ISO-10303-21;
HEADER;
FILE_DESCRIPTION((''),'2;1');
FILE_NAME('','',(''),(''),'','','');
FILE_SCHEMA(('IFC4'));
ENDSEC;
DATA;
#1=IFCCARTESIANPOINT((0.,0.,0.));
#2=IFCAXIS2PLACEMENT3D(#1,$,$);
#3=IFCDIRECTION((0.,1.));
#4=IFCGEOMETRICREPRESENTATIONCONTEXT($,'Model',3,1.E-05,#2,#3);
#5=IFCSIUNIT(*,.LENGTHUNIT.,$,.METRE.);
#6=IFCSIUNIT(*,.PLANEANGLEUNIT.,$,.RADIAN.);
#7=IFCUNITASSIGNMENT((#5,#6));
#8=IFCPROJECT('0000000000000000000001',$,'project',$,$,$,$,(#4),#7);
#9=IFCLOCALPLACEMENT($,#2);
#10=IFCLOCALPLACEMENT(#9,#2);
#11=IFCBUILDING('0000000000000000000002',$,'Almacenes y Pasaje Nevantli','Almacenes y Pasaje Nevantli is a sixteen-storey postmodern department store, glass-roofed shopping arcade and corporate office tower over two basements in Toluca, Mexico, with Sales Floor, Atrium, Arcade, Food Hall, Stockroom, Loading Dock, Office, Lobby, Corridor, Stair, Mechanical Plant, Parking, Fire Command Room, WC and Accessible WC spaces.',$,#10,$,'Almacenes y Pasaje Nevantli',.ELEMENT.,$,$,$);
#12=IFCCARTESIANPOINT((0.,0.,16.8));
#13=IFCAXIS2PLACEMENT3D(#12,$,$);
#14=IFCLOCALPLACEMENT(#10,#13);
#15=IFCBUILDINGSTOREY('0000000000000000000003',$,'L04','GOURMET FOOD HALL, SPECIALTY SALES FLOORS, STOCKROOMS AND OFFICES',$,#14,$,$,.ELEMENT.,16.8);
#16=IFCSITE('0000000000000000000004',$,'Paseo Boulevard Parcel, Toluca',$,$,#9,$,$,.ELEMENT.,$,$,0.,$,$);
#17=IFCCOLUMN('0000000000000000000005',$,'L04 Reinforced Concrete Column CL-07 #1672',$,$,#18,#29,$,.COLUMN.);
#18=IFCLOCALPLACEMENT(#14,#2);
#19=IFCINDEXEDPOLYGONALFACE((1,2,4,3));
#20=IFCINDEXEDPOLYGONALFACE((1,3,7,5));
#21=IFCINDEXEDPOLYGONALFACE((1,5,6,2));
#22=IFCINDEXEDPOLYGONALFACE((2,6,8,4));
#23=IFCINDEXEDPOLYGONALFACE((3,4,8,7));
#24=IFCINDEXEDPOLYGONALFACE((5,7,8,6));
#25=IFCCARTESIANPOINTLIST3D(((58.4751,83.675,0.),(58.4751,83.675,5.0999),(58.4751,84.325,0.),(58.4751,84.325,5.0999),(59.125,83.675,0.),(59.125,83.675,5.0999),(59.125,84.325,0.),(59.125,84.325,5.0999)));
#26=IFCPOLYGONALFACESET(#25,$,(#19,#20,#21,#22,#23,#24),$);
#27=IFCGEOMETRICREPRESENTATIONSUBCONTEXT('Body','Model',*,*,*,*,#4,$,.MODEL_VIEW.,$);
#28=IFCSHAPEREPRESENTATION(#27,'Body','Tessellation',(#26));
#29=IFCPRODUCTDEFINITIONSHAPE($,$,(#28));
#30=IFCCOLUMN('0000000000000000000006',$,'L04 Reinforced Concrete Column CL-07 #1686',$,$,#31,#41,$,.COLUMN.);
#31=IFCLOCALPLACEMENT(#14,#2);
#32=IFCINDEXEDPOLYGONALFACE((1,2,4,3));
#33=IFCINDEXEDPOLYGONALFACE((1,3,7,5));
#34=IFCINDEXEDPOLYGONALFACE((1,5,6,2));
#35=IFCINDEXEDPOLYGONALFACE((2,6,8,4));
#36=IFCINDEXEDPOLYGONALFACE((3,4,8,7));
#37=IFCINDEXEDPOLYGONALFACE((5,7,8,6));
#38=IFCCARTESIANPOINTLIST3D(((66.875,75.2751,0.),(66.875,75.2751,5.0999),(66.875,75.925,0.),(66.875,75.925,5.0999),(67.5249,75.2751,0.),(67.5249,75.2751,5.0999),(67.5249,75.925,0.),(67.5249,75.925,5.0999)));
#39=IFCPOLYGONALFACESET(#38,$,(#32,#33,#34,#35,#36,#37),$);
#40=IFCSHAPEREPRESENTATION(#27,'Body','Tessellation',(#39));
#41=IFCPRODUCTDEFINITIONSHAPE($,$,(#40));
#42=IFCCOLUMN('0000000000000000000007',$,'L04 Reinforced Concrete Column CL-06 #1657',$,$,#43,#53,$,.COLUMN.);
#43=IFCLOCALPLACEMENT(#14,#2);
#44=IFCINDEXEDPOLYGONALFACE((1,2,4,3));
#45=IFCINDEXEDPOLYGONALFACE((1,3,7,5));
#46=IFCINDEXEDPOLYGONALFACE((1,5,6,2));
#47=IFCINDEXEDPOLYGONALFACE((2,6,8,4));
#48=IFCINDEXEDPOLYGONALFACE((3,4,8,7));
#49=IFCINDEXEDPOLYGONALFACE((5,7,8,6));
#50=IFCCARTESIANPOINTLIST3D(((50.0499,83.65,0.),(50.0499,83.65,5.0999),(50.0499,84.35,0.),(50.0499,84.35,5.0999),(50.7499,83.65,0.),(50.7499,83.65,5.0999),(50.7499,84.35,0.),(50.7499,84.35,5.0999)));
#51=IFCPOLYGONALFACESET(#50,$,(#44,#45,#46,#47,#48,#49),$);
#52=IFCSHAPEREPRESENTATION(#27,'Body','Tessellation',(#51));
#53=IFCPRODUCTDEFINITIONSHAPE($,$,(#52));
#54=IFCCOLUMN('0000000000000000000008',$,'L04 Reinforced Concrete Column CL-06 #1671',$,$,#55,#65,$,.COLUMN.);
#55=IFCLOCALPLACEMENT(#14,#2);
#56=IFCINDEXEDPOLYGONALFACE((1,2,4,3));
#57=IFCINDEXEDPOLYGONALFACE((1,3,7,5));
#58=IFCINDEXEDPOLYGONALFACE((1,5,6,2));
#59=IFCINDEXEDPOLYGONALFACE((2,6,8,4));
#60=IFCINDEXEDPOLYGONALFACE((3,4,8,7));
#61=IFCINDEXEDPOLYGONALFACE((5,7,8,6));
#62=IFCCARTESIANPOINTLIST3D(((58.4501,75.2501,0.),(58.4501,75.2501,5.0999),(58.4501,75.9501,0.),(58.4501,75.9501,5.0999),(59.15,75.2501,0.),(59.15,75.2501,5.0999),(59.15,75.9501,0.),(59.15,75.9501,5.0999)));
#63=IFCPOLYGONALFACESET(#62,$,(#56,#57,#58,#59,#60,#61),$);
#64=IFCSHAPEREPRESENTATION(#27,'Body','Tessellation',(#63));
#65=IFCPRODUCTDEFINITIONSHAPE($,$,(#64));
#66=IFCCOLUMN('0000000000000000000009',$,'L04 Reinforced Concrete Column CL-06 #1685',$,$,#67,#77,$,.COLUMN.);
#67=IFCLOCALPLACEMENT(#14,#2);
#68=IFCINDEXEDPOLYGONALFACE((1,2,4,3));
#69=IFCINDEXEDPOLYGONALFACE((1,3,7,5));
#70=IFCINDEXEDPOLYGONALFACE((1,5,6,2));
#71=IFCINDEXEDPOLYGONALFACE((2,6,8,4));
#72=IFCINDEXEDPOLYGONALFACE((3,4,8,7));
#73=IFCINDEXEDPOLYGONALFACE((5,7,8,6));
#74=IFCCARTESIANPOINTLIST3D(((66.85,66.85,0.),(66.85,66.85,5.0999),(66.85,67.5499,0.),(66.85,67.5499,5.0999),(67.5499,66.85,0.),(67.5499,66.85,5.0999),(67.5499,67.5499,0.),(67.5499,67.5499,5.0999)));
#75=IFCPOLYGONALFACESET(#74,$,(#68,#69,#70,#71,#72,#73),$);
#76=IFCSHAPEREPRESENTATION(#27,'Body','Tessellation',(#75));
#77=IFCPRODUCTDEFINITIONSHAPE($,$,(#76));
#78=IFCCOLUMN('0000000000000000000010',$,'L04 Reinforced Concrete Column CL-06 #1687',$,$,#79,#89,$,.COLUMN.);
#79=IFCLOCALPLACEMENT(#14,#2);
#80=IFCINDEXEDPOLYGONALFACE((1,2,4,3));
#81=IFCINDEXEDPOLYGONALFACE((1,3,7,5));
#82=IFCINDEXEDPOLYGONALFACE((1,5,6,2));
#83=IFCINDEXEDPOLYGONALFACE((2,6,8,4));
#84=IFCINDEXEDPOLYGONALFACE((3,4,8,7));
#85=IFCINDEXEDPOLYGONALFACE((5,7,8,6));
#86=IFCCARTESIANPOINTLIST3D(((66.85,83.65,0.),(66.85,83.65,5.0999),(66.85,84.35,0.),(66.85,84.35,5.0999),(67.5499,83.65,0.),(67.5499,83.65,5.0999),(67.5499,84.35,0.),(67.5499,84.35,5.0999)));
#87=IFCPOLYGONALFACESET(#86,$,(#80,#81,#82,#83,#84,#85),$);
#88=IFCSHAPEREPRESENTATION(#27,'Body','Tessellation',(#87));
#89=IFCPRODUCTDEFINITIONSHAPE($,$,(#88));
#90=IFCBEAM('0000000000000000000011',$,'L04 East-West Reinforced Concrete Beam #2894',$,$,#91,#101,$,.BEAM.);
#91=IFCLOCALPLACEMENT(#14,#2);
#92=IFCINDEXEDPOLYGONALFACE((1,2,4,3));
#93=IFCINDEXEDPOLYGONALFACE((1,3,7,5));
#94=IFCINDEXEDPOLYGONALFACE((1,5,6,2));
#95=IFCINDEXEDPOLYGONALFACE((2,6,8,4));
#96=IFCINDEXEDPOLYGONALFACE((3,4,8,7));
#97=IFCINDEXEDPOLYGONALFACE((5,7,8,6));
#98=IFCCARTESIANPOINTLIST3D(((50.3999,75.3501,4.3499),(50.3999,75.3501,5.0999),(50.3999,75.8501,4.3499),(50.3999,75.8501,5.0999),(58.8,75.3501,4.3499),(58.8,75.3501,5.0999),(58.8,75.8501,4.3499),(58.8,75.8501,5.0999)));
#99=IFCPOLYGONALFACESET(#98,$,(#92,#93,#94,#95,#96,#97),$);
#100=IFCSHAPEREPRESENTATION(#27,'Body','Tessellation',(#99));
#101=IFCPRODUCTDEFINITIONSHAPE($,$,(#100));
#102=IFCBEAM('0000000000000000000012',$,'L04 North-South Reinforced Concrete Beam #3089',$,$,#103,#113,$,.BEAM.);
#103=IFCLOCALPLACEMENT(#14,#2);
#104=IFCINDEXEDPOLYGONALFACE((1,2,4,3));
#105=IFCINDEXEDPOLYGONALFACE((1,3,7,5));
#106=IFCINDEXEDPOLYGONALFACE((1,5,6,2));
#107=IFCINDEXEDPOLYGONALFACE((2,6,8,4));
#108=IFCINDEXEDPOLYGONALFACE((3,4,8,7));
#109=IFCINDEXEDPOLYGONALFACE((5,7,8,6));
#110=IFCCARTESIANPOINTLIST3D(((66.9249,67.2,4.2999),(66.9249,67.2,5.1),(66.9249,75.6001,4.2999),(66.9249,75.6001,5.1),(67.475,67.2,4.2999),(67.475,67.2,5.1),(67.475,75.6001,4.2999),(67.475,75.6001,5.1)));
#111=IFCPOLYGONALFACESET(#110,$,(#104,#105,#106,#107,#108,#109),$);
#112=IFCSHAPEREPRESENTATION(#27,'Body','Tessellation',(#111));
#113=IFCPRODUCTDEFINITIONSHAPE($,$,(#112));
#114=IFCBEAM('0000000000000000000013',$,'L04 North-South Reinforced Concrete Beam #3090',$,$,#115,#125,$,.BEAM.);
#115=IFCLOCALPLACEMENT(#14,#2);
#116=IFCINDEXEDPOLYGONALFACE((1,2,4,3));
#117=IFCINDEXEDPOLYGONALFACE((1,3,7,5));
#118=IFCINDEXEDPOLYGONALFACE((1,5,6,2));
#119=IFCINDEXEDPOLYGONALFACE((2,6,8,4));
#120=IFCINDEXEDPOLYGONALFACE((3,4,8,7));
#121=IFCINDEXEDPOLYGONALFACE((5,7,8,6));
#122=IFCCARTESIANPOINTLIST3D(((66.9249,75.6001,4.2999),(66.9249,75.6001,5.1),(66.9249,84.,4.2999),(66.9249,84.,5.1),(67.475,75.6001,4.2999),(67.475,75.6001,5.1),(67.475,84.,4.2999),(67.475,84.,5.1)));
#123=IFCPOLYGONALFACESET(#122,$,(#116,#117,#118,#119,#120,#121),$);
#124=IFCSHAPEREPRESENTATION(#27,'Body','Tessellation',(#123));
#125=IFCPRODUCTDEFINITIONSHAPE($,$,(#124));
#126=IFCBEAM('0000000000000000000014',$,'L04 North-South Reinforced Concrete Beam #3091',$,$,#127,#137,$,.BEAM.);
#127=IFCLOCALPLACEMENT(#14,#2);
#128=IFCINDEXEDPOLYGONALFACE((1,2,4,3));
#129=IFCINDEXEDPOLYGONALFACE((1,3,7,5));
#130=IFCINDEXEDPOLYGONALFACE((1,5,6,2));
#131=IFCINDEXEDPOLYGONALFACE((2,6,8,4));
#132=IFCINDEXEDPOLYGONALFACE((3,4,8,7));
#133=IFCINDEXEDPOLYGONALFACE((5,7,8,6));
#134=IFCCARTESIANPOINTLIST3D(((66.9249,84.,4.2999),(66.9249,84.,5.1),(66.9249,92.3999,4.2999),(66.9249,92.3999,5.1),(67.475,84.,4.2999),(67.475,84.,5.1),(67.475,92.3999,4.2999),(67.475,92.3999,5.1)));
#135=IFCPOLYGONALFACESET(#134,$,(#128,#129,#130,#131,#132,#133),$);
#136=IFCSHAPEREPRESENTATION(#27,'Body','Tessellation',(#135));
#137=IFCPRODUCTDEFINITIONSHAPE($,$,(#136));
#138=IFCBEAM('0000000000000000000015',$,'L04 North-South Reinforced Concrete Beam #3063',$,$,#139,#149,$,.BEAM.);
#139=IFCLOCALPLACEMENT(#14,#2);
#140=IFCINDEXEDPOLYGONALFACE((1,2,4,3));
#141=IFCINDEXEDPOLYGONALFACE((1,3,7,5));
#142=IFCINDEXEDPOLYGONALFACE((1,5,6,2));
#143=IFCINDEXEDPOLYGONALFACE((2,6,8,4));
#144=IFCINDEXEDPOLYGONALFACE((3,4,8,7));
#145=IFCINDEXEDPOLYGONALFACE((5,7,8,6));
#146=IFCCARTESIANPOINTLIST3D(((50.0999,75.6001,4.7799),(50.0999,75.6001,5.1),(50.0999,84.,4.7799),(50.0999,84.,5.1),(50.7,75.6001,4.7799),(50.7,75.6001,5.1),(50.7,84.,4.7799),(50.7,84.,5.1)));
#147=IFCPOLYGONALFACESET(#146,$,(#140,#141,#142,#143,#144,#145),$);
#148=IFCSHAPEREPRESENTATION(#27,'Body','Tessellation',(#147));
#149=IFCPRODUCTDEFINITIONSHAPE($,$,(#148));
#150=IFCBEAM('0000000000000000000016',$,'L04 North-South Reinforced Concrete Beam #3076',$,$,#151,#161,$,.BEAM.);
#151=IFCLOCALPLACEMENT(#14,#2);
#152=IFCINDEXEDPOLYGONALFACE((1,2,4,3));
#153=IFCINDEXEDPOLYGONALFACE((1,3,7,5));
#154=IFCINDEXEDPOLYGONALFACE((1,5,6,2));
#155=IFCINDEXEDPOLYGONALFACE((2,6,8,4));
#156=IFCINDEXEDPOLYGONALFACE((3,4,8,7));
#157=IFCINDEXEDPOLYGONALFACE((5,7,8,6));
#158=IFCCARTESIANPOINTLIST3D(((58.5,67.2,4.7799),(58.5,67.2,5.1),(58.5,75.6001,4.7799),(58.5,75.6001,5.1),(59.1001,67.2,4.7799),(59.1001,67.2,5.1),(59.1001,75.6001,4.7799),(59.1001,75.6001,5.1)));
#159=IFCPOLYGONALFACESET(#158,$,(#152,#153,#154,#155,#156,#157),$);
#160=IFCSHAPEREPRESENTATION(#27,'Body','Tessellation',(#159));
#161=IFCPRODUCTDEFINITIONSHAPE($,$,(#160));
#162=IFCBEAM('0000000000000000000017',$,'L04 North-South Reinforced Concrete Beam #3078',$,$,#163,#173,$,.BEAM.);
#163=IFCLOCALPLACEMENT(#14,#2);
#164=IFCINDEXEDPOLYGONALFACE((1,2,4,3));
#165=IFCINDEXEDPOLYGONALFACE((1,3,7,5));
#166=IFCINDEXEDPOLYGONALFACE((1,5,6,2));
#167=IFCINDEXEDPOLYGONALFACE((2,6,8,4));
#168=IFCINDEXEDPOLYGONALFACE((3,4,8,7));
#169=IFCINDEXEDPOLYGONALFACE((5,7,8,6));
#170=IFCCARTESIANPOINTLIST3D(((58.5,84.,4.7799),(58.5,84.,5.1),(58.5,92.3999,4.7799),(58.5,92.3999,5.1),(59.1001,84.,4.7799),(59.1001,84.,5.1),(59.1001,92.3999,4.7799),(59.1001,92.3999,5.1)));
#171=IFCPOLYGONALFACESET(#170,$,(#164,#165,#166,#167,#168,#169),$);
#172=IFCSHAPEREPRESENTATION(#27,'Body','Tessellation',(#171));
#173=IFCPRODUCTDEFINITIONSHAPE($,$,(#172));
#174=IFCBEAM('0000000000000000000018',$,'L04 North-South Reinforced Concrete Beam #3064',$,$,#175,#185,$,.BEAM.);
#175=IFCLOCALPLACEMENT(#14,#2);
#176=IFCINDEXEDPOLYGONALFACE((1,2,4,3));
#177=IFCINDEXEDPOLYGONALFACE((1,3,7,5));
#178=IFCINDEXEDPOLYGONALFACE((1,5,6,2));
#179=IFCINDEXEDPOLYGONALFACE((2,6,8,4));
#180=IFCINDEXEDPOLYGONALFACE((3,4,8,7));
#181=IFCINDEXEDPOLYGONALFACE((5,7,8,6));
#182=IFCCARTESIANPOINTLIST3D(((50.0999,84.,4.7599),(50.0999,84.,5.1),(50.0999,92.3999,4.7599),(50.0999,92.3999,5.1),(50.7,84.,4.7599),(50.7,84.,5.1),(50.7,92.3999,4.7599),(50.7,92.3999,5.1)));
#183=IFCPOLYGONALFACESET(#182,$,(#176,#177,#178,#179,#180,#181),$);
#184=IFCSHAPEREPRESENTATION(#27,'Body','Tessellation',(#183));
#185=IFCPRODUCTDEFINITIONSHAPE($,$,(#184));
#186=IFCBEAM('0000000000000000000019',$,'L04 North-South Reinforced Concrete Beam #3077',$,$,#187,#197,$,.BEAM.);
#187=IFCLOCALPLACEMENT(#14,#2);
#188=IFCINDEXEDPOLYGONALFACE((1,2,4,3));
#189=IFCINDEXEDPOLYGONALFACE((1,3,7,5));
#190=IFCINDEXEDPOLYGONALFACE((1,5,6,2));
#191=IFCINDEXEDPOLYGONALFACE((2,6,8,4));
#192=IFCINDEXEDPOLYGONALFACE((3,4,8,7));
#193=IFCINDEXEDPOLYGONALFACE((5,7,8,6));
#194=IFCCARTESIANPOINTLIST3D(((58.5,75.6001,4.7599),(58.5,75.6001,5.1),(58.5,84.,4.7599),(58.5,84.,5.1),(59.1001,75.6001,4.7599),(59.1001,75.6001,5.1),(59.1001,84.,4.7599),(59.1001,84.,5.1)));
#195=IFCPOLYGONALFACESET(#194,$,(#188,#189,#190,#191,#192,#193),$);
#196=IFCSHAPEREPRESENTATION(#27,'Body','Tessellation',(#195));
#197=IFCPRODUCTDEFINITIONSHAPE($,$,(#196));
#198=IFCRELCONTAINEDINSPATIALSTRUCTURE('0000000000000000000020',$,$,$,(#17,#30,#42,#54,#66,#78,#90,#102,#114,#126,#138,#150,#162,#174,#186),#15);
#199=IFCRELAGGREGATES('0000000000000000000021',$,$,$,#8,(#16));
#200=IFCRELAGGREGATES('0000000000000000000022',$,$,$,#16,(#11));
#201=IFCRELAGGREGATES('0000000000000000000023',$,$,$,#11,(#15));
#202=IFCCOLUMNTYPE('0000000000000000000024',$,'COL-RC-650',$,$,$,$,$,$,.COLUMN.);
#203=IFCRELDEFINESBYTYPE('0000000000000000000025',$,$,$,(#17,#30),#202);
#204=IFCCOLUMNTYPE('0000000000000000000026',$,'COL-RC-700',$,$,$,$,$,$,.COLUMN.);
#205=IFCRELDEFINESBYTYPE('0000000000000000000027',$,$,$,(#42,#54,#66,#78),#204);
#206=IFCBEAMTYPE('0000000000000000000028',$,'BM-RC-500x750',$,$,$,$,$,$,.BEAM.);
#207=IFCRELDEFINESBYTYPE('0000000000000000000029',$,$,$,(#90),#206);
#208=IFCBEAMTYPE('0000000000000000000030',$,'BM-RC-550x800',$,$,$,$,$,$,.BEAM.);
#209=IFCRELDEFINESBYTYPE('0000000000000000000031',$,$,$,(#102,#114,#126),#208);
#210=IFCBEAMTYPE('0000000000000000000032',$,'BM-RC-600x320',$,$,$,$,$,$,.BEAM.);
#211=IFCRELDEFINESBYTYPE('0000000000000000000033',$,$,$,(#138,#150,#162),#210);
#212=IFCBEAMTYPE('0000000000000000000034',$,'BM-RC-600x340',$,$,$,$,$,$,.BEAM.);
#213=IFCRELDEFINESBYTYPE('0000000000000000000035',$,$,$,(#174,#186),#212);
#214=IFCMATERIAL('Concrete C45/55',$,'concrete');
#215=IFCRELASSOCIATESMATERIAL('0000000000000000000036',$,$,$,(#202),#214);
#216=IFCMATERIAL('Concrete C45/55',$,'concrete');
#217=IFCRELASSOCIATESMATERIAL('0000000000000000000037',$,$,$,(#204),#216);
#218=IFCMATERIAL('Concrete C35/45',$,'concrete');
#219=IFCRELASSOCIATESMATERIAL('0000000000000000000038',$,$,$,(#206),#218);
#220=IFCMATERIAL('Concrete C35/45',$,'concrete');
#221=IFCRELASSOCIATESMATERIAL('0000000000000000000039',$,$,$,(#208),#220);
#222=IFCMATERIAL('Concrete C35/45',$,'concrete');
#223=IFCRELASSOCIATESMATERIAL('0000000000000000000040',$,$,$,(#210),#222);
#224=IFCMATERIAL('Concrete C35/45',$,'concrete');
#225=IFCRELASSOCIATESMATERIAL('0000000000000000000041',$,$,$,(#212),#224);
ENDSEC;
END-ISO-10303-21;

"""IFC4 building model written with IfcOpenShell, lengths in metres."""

from ifc_helpers import new_model, si_unit, direction, frame, origin, origin_2d, place, context, subcontext, project, spatial, rectangle, extrude, material, material_profile, profile_set, type_object, element, save


model = new_model("IFC4")

# Units and contexts
model_context = context("Model", 3, precision=1e-05, world=origin(), true_north=direction((0.0, 1.0)))
body_context = subcontext(model_context, "Body", "Model", "MODEL_VIEW")
ifc_project = project(units=[si_unit("LENGTHUNIT", "METRE"), si_unit("PLANEANGLEUNIT", "RADIAN")], contexts=[model_context])

# Site, building, storey
site_placement = place(None, origin())
site = spatial("IfcSite", under=ifc_project, at=site_placement, Name="Paseo Boulevard Parcel, Toluca", CompositionType="ELEMENT", RefElevation=0.0)
building_placement = place(site_placement, origin())
building = spatial("IfcBuilding", under=site, at=building_placement, Name="Almacenes y Pasaje Nevantli", Description="Almacenes y Pasaje Nevantli is a sixteen-storey postmodern department store, glass-roofed shopping arcade and corporate office tower over two basements in Toluca, Mexico, with Sales Floor, Atrium, Arcade, Food Hall, Stockroom, Loading Dock, Office, Lobby, Corridor, Stair, Mechanical Plant, Parking, Fire Command Room, WC and Accessible WC spaces.", LongName="Almacenes y Pasaje Nevantli", CompositionType="ELEMENT")
storey_placement = place(building_placement, frame((0.0, 0.0, 16.8)))
storey = spatial("IfcBuildingStorey", under=building, at=storey_placement, Name="L04", Description="GOURMET FOOD HALL, SPECIALTY SALES FLOORS, STOCKROOMS AND OFFICES", CompositionType="ELEMENT", Elevation=16.8)

# Columns
ifc_material_1 = material(Name="Concrete C45/55", Category="concrete")
ifc_material_profile_1 = material_profile(ifc_material_1, rectangle(XDim=0.6499, YDim=0.6499, at=origin_2d()), Name="RC-COL-650x650")
ifc_profile_set_1 = profile_set([ifc_material_profile_1], Name="Concrete C45/55")
column_type_1 = type_object("IfcColumnType", Name="COL-RC-650", PredefinedType="COLUMN", material=ifc_profile_set_1)
for number, where, z_axis, x_axis, name in (
    (1, (58.8, 84.0, 0.0), (0.0, 0.0, 1.0), (1.0, 0.0, 0.0), "L04 Reinforced Concrete Column CL-07 #1672"),
    (2, (67.2, 75.6001, 0.0), (0.0, 0.0, 1.0), (1.0, 0.0, 0.0), "L04 Reinforced Concrete Column CL-07 #1686"),
):
    element("IfcColumn", number, at=place(storey_placement, frame(where, z_axis=z_axis, x_axis=x_axis)), inside=storey, type_object=column_type_1, Name=name, PredefinedType="COLUMN", context=body_context, shape_type="SweptSolid", body=[
        extrude(rectangle(XDim=0.6499, YDim=0.6499, at=origin_2d()), origin(), (0.0, 0.0, 1.0), 5.0999),
    ])
ifc_material_2 = material(Name="Concrete C45/55", Category="concrete")
ifc_material_profile_2 = material_profile(ifc_material_2, rectangle(XDim=0.7, YDim=0.7, at=origin_2d()), Name="RC-COL-700x700")
ifc_profile_set_2 = profile_set([ifc_material_profile_2], Name="Concrete C45/55")
column_type_2 = type_object("IfcColumnType", Name="COL-RC-700", PredefinedType="COLUMN", material=ifc_profile_set_2)
for number, where, z_axis, x_axis, name in (
    (3, (50.3999, 84.0, 0.0), (0.0, 0.0, 1.0), (1.0, 0.0, 0.0), "L04 Reinforced Concrete Column CL-06 #1657"),
    (4, (58.8, 75.6001, 0.0), (0.0, 0.0, 1.0), (1.0, 0.0, 0.0), "L04 Reinforced Concrete Column CL-06 #1671"),
    (5, (67.2, 67.2, 0.0), (0.0, 0.0, 1.0), (1.0, 0.0, 0.0), "L04 Reinforced Concrete Column CL-06 #1685"),
    (6, (67.2, 84.0, 0.0), (0.0, 0.0, 1.0), (1.0, 0.0, 0.0), "L04 Reinforced Concrete Column CL-06 #1687"),
):
    element("IfcColumn", number, at=place(storey_placement, frame(where, z_axis=z_axis, x_axis=x_axis)), inside=storey, type_object=column_type_2, Name=name, PredefinedType="COLUMN", context=body_context, shape_type="SweptSolid", body=[
        extrude(rectangle(XDim=0.7, YDim=0.7, at=origin_2d()), origin(), (0.0, 0.0, 1.0), 5.0999),
    ])

# Beams
ifc_material_3 = material(Name="Concrete C35/45", Category="concrete")
ifc_material_profile_3 = material_profile(ifc_material_3, rectangle(XDim=0.5, YDim=0.75, at=origin_2d()), Name="RC-BM-500x750")
ifc_profile_set_3 = profile_set([ifc_material_profile_3], Name="Concrete C35/45")
beam_type_1 = type_object("IfcBeamType", Name="BM-RC-500x750", PredefinedType="BEAM", material=ifc_profile_set_3)
beam_1_placement = place(storey_placement, frame((50.3999, 75.6001, 4.7249), z_axis=(1.0, 0.0, 0.0), x_axis=(0.0, 1.0, 0.0)))
element("IfcBeam", 7, at=beam_1_placement, inside=storey, type_object=beam_type_1, Name="L04 East-West Reinforced Concrete Beam #2894", PredefinedType="BEAM", context=body_context, shape_type="SweptSolid", body=[
    extrude(rectangle(XDim=0.5, YDim=0.75, at=origin_2d()), origin(), (0.0, 0.0, 1.0), 8.4001),
])
ifc_material_4 = material(Name="Concrete C35/45", Category="concrete")
ifc_material_profile_4 = material_profile(ifc_material_4, rectangle(XDim=0.55, YDim=0.8, at=origin_2d()), Name="RC-BM-550x800")
ifc_profile_set_4 = profile_set([ifc_material_profile_4], Name="Concrete C35/45")
beam_type_2 = type_object("IfcBeamType", Name="BM-RC-550x800", PredefinedType="BEAM", material=ifc_profile_set_4)
beam_2_placement = place(storey_placement, frame((67.2, 67.2, 4.7), z_axis=(0.0, 1.0, 0.0), x_axis=(-1.0, 0.0, 0.0)))
element("IfcBeam", 8, at=beam_2_placement, inside=storey, type_object=beam_type_2, Name="L04 North-South Reinforced Concrete Beam #3089", PredefinedType="BEAM", context=body_context, shape_type="SweptSolid", body=[
    extrude(rectangle(XDim=0.55, YDim=0.8, at=origin_2d()), origin(), (0.0, 0.0, 1.0), 8.4001),
])
for number, where, z_axis, x_axis, name in (
    (9, (67.2, 75.6001, 4.7), (0.0, 1.0, 0.0), (-1.0, 0.0, 0.0), "L04 North-South Reinforced Concrete Beam #3090"),
    (10, (67.2, 84.0, 4.7), (0.0, 1.0, 0.0), (-1.0, 0.0, 0.0), "L04 North-South Reinforced Concrete Beam #3091"),
):
    element("IfcBeam", number, at=place(storey_placement, frame(where, z_axis=z_axis, x_axis=x_axis)), inside=storey, type_object=beam_type_2, Name=name, PredefinedType="BEAM", context=body_context, shape_type="SweptSolid", body=[
        extrude(rectangle(XDim=0.55, YDim=0.8, at=origin_2d()), origin(), (0.0, 0.0, 1.0), 8.3999),
    ])
ifc_material_5 = material(Name="Concrete C35/45", Category="concrete")
ifc_material_profile_5 = material_profile(ifc_material_5, rectangle(XDim=0.6001, YDim=0.3201, at=origin_2d()), Name="RC-BM-600x320")
ifc_profile_set_5 = profile_set([ifc_material_profile_5], Name="Concrete C35/45")
beam_type_3 = type_object("IfcBeamType", Name="BM-RC-600x320", PredefinedType="BEAM", material=ifc_profile_set_5)
beam_3_placement = place(storey_placement, frame((50.3999, 75.6001, 4.9399), z_axis=(0.0, 1.0, 0.0), x_axis=(-1.0, 0.0, 0.0)))
element("IfcBeam", 11, at=beam_3_placement, inside=storey, type_object=beam_type_3, Name="L04 North-South Reinforced Concrete Beam #3063", PredefinedType="BEAM", context=body_context, shape_type="SweptSolid", body=[
    extrude(rectangle(XDim=0.6001, YDim=0.3201, at=origin_2d()), origin(), (0.0, 0.0, 1.0), 8.3999),
])
beam_4_placement = place(storey_placement, frame((58.8, 67.2, 4.9399), z_axis=(0.0, 1.0, 0.0), x_axis=(-1.0, 0.0, 0.0)))
element("IfcBeam", 12, at=beam_4_placement, inside=storey, type_object=beam_type_3, Name="L04 North-South Reinforced Concrete Beam #3076", PredefinedType="BEAM", context=body_context, shape_type="SweptSolid", body=[
    extrude(rectangle(XDim=0.6001, YDim=0.3201, at=origin_2d()), origin(), (0.0, 0.0, 1.0), 8.4001),
])
beam_5_placement = place(storey_placement, frame((58.8, 84.0, 4.9399), z_axis=(0.0, 1.0, 0.0), x_axis=(-1.0, 0.0, 0.0)))
element("IfcBeam", 13, at=beam_5_placement, inside=storey, type_object=beam_type_3, Name="L04 North-South Reinforced Concrete Beam #3078", PredefinedType="BEAM", context=body_context, shape_type="SweptSolid", body=[
    extrude(rectangle(XDim=0.6001, YDim=0.3201, at=origin_2d()), origin(), (0.0, 0.0, 1.0), 8.3999),
])
ifc_material_6 = material(Name="Concrete C35/45", Category="concrete")
ifc_material_profile_6 = material_profile(ifc_material_6, rectangle(XDim=0.6001, YDim=0.3401, at=origin_2d()), Name="RC-BM-600x340")
ifc_profile_set_6 = profile_set([ifc_material_profile_6], Name="Concrete C35/45")
beam_type_4 = type_object("IfcBeamType", Name="BM-RC-600x340", PredefinedType="BEAM", material=ifc_profile_set_6)
for number, where, z_axis, x_axis, name in (
    (14, (50.3999, 84.0, 4.9299), (0.0, 1.0, 0.0), (-1.0, 0.0, 0.0), "L04 North-South Reinforced Concrete Beam #3064"),
    (15, (58.8, 75.6001, 4.9299), (0.0, 1.0, 0.0), (-1.0, 0.0, 0.0), "L04 North-South Reinforced Concrete Beam #3077"),
):
    element("IfcBeam", number, at=place(storey_placement, frame(where, z_axis=z_axis, x_axis=x_axis)), inside=storey, type_object=beam_type_4, Name=name, PredefinedType="BEAM", context=body_context, shape_type="SweptSolid", body=[
        extrude(rectangle(XDim=0.6001, YDim=0.3401, at=origin_2d()), origin(), (0.0, 0.0, 1.0), 8.3999),
    ])

save(model, "model.ifc")
